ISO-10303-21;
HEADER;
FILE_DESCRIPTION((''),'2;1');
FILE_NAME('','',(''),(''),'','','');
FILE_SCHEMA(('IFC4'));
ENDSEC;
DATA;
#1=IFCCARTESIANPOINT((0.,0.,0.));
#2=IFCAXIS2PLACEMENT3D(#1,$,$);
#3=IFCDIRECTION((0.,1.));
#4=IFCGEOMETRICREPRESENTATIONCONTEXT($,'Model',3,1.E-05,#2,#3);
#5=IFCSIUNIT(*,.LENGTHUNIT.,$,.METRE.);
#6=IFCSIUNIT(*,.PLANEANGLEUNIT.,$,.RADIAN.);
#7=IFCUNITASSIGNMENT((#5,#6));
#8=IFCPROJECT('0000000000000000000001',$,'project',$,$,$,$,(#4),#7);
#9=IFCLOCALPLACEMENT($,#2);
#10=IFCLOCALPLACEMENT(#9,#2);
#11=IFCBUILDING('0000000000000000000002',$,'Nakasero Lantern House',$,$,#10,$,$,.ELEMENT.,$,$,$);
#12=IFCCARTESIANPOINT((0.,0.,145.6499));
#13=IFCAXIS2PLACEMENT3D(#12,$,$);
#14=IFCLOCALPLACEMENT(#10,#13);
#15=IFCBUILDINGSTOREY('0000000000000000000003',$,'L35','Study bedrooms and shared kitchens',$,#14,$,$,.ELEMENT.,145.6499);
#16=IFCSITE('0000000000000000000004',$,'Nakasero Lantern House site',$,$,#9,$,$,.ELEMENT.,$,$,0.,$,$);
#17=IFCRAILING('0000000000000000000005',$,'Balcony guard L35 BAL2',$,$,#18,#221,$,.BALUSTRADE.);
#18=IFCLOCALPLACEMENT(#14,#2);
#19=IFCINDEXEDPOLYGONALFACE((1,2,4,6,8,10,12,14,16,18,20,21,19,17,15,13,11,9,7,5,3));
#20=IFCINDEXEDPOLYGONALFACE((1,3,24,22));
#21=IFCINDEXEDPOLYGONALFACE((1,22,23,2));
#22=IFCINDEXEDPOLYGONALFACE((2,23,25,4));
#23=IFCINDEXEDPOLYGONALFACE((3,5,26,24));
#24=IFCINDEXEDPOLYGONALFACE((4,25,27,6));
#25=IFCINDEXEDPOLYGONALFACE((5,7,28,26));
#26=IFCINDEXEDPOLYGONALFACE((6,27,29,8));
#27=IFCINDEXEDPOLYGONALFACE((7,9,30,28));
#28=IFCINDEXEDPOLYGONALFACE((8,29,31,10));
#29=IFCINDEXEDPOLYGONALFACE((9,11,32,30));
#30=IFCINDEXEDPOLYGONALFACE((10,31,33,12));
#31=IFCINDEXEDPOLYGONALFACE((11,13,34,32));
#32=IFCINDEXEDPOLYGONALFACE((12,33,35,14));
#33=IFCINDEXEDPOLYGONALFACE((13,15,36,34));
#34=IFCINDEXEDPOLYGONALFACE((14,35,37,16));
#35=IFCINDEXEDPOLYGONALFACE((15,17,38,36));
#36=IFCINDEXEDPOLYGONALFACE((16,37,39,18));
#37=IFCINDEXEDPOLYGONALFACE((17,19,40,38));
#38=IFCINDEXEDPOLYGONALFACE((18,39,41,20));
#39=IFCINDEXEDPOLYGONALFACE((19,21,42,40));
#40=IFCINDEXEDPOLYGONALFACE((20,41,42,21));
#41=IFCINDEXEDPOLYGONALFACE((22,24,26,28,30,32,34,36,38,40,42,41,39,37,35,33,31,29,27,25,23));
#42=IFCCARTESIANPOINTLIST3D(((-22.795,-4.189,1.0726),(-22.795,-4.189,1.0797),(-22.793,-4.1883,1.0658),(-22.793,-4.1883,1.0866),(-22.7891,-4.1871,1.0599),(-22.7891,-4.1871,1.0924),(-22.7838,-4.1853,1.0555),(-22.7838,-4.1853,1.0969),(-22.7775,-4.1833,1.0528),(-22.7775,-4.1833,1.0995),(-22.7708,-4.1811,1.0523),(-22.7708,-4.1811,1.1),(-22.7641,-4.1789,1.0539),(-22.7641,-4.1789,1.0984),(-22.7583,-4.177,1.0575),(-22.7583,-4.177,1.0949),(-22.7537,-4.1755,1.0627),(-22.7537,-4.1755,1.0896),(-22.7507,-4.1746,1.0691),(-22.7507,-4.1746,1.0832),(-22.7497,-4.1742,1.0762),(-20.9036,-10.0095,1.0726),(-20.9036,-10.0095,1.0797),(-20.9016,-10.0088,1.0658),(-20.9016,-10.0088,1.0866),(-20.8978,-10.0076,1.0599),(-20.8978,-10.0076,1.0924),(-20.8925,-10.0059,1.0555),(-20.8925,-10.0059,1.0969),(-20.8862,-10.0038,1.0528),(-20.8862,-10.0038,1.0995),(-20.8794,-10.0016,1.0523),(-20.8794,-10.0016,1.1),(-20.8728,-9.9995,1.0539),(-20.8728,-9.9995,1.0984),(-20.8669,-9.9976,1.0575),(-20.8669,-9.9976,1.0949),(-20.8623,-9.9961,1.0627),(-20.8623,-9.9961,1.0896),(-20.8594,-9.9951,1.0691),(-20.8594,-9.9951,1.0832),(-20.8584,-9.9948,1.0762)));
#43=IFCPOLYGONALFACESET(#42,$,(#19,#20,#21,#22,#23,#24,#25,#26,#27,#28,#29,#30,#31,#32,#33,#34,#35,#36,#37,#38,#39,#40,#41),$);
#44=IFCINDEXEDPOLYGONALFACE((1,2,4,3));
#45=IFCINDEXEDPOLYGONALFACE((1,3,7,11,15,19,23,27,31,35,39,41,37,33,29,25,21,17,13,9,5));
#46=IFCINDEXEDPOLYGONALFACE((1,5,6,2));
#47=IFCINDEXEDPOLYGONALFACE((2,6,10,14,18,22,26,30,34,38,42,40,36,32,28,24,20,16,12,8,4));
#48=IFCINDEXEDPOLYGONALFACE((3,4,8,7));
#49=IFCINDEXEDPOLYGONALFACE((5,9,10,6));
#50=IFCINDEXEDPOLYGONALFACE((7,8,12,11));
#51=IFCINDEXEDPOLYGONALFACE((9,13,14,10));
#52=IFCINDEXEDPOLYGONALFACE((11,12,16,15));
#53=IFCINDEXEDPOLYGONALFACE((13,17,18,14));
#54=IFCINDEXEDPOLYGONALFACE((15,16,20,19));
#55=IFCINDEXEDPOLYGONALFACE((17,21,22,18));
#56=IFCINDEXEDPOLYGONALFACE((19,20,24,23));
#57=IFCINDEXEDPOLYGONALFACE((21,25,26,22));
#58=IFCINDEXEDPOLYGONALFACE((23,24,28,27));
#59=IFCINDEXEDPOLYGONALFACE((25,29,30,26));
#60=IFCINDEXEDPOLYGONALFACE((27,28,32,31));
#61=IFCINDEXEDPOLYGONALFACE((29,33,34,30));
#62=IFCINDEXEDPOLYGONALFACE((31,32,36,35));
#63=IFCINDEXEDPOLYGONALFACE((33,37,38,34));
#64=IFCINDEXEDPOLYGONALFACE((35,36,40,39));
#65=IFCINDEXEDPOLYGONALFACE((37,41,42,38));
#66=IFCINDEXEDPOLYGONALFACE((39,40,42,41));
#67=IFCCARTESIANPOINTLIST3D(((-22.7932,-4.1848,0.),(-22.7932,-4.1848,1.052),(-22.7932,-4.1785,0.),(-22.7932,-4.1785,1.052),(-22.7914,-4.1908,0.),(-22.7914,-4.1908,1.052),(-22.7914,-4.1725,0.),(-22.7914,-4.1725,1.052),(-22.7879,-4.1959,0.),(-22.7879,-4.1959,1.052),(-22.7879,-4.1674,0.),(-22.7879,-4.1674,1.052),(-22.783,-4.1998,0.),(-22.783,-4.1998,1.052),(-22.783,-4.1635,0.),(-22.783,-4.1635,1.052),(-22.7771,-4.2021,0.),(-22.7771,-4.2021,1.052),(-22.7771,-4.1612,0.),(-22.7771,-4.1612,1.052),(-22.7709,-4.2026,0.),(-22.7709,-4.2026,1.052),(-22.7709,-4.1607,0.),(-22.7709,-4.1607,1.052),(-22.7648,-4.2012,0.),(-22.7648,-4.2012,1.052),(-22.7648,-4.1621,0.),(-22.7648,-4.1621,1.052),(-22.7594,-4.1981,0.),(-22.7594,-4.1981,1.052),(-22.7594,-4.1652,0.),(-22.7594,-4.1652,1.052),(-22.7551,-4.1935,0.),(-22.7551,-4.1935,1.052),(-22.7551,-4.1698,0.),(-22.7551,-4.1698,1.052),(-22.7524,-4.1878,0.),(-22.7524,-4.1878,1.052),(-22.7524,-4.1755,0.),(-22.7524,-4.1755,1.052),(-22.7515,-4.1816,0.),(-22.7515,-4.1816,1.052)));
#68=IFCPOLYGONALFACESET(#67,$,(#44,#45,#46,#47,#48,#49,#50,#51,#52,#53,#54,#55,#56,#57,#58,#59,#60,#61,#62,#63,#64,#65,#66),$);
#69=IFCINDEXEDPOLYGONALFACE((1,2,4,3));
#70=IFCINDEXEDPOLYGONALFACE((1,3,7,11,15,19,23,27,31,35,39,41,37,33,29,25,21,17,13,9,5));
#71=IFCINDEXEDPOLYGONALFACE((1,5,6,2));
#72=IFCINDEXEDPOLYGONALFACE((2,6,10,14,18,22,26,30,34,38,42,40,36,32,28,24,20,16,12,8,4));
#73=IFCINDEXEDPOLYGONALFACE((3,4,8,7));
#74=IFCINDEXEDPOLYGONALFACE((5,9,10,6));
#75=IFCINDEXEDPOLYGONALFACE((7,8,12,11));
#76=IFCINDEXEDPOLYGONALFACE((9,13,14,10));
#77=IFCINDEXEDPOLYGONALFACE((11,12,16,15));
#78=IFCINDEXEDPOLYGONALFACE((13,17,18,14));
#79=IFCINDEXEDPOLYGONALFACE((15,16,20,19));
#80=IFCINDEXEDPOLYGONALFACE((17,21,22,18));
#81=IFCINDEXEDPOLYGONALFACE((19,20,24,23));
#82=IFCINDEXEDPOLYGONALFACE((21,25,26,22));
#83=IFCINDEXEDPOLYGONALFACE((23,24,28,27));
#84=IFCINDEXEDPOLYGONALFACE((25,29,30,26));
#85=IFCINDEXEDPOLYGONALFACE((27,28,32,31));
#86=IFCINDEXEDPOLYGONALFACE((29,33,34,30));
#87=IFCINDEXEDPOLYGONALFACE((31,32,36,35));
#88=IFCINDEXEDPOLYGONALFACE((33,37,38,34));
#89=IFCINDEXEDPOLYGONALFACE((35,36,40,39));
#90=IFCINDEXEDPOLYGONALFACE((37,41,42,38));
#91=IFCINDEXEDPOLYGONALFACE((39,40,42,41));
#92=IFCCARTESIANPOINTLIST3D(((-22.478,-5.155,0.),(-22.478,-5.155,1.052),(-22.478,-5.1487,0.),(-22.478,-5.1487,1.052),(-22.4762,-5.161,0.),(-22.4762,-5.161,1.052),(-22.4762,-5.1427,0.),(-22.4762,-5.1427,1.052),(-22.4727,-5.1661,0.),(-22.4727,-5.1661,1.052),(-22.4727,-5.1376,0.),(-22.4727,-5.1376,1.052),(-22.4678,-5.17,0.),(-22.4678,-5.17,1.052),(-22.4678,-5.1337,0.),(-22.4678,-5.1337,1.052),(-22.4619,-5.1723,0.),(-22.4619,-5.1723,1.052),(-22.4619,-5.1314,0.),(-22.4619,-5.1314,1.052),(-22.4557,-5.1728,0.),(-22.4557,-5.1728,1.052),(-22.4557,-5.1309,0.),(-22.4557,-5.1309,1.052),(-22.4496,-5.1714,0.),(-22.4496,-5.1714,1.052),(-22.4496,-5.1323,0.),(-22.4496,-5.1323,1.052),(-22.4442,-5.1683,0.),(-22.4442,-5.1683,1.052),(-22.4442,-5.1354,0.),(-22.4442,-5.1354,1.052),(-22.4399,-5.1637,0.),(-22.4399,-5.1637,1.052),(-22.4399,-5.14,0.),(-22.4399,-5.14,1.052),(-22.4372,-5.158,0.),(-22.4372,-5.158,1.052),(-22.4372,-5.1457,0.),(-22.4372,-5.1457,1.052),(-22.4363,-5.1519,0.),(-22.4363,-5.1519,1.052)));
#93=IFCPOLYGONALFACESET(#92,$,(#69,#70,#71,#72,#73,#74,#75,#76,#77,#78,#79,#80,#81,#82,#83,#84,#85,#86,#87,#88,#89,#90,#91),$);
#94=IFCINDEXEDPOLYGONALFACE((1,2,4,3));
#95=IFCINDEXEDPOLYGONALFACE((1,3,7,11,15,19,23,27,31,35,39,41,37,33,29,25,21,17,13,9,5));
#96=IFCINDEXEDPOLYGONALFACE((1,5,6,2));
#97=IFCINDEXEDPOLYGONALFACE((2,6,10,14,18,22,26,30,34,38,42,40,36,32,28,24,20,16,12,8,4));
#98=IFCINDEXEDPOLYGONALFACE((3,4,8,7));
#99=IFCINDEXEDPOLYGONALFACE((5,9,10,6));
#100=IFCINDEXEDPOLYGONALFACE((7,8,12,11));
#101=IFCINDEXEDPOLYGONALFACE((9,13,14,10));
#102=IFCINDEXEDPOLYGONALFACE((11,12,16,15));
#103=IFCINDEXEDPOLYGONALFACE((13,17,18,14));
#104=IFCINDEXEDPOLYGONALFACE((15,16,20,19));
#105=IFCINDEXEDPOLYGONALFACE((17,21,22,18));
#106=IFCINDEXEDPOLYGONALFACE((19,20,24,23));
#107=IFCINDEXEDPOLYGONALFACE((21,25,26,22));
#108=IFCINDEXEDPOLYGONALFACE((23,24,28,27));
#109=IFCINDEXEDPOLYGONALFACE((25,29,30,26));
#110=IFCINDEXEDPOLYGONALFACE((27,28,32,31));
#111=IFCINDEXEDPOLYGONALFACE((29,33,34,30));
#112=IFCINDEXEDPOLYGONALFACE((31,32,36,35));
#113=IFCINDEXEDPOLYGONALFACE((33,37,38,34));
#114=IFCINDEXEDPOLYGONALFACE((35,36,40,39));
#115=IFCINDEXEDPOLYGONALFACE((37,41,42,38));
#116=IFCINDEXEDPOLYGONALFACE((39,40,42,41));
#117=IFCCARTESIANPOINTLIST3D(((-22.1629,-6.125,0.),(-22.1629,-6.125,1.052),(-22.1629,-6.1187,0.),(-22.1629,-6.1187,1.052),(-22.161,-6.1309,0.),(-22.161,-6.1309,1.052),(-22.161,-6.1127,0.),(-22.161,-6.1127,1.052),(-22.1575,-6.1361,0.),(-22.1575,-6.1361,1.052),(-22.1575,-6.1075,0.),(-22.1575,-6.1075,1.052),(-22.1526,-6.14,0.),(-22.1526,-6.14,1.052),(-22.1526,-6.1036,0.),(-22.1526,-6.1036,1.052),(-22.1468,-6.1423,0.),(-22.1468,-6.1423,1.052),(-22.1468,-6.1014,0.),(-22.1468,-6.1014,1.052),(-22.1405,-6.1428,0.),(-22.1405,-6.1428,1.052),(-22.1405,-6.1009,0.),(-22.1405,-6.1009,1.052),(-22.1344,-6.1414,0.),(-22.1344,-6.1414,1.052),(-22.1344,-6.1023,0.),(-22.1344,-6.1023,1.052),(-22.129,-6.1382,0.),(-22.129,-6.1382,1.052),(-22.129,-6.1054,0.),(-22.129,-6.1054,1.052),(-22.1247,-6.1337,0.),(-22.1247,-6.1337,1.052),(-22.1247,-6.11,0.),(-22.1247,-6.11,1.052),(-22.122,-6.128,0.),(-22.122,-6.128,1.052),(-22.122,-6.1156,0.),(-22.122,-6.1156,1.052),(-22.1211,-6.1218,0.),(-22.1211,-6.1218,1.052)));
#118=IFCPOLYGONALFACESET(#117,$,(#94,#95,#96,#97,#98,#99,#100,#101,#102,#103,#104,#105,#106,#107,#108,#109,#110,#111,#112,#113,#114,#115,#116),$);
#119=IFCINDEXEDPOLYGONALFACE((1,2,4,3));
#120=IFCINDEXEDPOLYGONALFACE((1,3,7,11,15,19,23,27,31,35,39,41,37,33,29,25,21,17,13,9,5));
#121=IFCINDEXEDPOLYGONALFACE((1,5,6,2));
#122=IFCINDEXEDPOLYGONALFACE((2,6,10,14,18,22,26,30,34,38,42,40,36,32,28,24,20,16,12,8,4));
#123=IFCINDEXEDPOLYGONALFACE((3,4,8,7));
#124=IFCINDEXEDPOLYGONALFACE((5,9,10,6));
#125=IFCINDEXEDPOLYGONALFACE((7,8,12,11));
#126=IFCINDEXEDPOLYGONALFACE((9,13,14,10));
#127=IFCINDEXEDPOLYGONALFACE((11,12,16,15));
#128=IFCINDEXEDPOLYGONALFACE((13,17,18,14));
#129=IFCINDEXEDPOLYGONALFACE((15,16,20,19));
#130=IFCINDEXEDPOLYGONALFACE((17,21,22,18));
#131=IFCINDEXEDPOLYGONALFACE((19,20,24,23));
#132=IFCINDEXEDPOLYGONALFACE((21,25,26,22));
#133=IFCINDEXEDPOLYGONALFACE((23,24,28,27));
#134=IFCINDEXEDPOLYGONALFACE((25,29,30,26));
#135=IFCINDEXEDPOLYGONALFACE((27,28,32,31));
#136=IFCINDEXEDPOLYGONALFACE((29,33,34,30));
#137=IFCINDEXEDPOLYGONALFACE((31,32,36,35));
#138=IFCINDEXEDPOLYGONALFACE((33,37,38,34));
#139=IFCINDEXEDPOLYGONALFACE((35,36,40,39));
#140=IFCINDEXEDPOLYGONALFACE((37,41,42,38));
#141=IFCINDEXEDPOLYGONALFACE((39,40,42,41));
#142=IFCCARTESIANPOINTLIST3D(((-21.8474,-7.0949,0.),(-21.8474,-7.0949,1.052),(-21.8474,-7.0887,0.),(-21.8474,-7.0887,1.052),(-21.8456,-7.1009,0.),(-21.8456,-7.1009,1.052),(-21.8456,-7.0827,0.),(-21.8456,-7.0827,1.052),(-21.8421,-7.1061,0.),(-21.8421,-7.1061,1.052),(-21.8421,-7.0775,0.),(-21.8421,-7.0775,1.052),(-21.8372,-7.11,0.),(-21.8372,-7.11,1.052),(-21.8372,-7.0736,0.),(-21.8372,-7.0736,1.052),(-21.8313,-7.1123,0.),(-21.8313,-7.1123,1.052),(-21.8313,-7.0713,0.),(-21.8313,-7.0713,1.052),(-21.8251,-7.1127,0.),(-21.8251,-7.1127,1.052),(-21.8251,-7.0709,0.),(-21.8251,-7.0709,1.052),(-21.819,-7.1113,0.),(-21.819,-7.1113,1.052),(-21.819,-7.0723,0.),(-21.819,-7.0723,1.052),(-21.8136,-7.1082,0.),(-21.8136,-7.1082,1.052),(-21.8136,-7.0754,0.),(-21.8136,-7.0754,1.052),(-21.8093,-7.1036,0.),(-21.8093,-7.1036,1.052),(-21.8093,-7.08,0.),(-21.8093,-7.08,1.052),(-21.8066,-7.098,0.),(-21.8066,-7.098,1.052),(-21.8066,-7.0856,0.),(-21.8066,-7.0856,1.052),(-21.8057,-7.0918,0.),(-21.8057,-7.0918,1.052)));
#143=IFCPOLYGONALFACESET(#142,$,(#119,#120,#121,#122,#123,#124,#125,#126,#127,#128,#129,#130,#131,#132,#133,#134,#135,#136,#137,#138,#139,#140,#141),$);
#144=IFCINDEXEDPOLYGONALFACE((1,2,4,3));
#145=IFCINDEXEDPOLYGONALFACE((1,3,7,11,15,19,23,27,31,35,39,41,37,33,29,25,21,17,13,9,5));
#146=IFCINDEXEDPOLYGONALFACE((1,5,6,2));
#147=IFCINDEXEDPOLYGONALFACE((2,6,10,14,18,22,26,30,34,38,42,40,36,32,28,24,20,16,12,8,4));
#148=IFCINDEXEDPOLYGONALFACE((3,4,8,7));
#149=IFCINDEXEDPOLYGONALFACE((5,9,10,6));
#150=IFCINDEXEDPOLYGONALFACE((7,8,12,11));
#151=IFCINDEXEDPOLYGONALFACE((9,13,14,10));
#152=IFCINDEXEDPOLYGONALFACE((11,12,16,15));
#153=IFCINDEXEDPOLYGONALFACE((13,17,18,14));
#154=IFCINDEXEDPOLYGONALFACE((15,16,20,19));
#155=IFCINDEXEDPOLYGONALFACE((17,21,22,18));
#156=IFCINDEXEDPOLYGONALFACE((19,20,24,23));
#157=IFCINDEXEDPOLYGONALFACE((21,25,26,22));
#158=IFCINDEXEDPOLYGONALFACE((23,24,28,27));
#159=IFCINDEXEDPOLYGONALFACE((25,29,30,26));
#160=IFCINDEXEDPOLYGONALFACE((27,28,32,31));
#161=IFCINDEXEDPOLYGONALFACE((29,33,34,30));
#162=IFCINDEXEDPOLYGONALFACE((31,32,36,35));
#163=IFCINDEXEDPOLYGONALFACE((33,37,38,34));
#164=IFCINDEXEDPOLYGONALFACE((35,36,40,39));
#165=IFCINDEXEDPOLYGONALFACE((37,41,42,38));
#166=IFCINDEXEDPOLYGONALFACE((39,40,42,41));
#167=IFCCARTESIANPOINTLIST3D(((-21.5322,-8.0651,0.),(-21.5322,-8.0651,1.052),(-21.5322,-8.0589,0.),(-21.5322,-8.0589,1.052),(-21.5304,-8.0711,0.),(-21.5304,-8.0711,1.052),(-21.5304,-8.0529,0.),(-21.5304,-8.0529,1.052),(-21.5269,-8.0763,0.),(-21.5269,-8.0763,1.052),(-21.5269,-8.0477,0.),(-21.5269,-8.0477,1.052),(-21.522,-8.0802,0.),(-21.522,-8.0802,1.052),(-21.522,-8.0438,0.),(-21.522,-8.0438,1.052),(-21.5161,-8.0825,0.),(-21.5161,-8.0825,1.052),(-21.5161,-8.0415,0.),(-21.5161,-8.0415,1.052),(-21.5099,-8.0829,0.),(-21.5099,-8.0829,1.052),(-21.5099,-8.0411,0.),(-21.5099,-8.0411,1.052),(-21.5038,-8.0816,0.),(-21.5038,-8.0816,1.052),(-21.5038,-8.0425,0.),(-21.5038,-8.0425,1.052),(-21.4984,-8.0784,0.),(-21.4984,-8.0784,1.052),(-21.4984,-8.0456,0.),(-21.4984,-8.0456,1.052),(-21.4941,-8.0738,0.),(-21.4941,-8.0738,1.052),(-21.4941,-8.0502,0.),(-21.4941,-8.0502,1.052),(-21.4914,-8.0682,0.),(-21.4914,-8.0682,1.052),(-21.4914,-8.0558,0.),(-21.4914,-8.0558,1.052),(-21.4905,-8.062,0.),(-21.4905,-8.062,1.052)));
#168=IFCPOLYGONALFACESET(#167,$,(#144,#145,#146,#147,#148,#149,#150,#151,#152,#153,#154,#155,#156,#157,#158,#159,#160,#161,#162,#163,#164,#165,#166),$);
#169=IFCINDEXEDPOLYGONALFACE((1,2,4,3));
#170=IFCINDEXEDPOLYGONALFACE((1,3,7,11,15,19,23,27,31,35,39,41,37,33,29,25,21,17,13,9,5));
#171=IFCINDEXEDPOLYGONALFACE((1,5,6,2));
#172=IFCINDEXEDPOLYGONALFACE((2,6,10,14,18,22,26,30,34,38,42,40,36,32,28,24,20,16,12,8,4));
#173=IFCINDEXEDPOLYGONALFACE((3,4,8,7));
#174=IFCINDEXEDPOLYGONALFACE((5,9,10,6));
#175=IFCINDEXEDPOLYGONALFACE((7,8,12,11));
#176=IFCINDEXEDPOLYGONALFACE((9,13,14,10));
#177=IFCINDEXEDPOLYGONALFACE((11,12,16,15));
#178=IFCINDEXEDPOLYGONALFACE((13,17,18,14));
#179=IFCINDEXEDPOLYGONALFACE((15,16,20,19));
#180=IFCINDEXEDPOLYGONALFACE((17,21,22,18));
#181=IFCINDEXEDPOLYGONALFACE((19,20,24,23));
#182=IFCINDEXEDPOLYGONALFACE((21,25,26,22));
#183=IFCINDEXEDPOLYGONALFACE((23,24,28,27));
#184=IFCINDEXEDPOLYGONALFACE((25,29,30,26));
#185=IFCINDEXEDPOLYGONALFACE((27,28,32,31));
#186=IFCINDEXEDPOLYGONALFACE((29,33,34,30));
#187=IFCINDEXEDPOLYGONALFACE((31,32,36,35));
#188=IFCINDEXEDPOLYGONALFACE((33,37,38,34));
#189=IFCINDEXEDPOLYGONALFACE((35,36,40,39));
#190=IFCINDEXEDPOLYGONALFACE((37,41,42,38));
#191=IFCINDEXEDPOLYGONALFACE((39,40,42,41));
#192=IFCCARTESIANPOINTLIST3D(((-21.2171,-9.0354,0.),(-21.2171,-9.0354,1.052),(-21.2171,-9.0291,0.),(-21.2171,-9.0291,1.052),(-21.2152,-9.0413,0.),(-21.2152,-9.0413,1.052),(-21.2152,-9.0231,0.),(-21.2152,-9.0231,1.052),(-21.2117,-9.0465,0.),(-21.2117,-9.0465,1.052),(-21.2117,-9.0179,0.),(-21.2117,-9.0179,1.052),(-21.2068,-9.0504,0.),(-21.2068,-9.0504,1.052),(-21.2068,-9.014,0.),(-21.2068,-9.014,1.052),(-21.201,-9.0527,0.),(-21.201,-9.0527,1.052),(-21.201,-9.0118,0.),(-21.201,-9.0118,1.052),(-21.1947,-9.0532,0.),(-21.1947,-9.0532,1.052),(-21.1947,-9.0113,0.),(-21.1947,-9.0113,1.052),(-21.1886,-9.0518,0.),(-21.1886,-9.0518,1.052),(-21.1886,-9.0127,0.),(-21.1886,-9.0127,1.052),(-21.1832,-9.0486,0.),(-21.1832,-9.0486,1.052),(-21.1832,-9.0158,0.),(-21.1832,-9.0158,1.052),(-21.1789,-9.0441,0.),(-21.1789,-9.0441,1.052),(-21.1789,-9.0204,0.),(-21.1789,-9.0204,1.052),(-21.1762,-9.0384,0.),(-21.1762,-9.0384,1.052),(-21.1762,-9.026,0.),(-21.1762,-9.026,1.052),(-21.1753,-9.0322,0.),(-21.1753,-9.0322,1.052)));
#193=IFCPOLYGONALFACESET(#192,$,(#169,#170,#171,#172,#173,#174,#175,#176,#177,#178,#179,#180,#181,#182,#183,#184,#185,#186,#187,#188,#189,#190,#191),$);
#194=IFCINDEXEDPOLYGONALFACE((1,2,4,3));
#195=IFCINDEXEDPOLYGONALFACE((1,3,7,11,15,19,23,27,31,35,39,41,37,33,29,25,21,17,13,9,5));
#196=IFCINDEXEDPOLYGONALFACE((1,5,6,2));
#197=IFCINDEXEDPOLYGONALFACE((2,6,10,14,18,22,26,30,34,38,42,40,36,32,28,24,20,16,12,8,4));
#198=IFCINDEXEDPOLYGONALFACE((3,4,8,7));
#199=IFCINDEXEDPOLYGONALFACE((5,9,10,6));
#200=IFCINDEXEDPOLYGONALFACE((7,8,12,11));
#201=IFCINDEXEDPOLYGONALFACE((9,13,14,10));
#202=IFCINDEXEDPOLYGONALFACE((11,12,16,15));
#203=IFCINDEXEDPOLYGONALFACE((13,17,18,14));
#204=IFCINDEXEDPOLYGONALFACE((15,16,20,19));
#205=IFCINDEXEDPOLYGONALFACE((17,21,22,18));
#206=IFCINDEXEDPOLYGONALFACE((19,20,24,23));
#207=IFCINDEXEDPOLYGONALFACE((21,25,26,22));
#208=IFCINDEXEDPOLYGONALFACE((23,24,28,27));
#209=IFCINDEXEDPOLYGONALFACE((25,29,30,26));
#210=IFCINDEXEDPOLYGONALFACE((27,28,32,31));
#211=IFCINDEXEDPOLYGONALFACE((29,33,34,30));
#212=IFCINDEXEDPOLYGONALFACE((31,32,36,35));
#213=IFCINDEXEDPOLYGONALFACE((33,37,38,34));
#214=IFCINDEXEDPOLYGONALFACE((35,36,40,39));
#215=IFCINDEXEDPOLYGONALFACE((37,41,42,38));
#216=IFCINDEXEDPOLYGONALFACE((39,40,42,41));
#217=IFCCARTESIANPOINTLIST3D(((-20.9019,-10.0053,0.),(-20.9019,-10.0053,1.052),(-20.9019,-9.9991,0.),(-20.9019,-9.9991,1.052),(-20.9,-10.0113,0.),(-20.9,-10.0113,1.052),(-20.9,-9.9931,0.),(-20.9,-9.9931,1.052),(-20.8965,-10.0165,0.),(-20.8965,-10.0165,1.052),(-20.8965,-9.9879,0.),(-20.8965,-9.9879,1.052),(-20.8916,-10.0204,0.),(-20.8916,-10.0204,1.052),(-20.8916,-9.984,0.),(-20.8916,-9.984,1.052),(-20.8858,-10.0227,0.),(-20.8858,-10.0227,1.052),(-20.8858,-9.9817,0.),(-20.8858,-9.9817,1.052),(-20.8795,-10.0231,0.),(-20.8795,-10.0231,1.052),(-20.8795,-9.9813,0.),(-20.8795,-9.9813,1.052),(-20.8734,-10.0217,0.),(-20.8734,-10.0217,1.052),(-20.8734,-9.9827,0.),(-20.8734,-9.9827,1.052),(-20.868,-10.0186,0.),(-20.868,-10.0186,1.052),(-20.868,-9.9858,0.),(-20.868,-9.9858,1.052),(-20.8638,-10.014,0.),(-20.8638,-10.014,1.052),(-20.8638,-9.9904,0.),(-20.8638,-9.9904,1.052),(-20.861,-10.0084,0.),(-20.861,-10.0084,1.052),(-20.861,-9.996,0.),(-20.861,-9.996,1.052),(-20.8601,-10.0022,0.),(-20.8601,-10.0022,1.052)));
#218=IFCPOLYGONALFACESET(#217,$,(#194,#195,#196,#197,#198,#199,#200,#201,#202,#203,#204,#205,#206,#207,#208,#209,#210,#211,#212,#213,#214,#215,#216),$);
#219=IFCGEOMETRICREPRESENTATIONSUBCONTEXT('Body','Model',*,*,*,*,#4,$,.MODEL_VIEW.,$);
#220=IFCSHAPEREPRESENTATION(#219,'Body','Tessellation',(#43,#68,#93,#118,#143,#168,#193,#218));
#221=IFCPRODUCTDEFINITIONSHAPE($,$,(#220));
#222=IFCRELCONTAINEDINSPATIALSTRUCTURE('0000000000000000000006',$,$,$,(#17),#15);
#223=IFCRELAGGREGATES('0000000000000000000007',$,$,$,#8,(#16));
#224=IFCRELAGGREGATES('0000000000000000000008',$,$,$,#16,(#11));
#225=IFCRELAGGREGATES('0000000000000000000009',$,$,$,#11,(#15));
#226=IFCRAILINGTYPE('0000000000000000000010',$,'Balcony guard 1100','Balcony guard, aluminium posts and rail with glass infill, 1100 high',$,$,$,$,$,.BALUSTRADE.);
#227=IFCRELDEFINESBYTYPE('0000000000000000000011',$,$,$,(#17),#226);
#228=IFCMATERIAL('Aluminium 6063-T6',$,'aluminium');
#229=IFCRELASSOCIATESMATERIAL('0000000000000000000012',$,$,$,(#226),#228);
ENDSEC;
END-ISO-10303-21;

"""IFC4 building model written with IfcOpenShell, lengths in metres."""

from ifc_helpers import new_model, si_unit, direction, frame, origin, origin_2d, place, context, subcontext, project, spatial, circle, extrude, material, type_object, element, save


model = new_model("IFC4")

# Units and contexts
model_context = context("Model", 3, precision=1e-05, world=origin(), true_north=direction((0.0, 1.0)))
body_context = subcontext(model_context, "Body", "Model", "MODEL_VIEW")
ifc_project = project(units=[si_unit("LENGTHUNIT", "METRE"), si_unit("PLANEANGLEUNIT", "RADIAN")], contexts=[model_context])

# Site, building, storey
site_placement = place(None, origin())
site = spatial("IfcSite", under=ifc_project, at=site_placement, Name="Nakasero Lantern House site", CompositionType="ELEMENT", RefElevation=0.0)
building_placement = place(site_placement, origin())
building = spatial("IfcBuilding", under=site, at=building_placement, Name="Nakasero Lantern House", CompositionType="ELEMENT")
storey_placement = place(building_placement, frame((0.0, 0.0, 145.6499)))
storey = spatial("IfcBuildingStorey", under=building, at=storey_placement, Name="L35", Description="Study bedrooms and shared kitchens", CompositionType="ELEMENT", Elevation=145.6499)

# Railing
ifc_material_1 = material(Name="Aluminium 6063-T6", Category="aluminium")
railing_type = type_object("IfcRailingType", Name="Balcony guard 1100", Description="Balcony guard, aluminium posts and rail with glass infill, 1100 high", PredefinedType="BALUSTRADE", material=ifc_material_1)
railing_placement = place(storey_placement, frame((-22.7725, -4.1816, 0.0)))
element("IfcRailing", 1, at=railing_placement, inside=storey, type_object=railing_type, Name="Balcony guard L35 BAL2", PredefinedType="BALUSTRADE", context=body_context, shape_type="SweptSolid", body=[
    extrude(circle(Radius=0.0239, at=origin_2d()), frame((0.0, 0.0, 1.0762), z_axis=(0.309038, -0.95105, 0.0), x_axis=(0.95105, 0.309038, 0.0)), (0.0, 0.0, 1.0), 6.1201),
    extrude(circle(Radius=0.021, at=origin_2d()), origin(), (0.0, 0.0, 1.0), 1.052),
    extrude(circle(Radius=0.021, at=origin_2d()), frame((0.3152, -0.9702, 0.0)), (0.0, 0.0, 1.0), 1.052),
    extrude(circle(Radius=0.021, at=origin_2d()), frame((0.6304, -1.9402, 0.0)), (0.0, 0.0, 1.0), 1.052),
    extrude(circle(Radius=0.021, at=origin_2d()), frame((0.9458, -2.9102, 0.0)), (0.0, 0.0, 1.0), 1.052),
    extrude(circle(Radius=0.021, at=origin_2d()), frame((1.261, -3.8804, 0.0)), (0.0, 0.0, 1.0), 1.052),
    extrude(circle(Radius=0.021, at=origin_2d()), frame((1.5762, -4.8506, 0.0)), (0.0, 0.0, 1.0), 1.052),
    extrude(circle(Radius=0.021, at=origin_2d()), frame((1.8914, -5.8206, 0.0)), (0.0, 0.0, 1.0), 1.052),
])

save(model, "model.ifc")
